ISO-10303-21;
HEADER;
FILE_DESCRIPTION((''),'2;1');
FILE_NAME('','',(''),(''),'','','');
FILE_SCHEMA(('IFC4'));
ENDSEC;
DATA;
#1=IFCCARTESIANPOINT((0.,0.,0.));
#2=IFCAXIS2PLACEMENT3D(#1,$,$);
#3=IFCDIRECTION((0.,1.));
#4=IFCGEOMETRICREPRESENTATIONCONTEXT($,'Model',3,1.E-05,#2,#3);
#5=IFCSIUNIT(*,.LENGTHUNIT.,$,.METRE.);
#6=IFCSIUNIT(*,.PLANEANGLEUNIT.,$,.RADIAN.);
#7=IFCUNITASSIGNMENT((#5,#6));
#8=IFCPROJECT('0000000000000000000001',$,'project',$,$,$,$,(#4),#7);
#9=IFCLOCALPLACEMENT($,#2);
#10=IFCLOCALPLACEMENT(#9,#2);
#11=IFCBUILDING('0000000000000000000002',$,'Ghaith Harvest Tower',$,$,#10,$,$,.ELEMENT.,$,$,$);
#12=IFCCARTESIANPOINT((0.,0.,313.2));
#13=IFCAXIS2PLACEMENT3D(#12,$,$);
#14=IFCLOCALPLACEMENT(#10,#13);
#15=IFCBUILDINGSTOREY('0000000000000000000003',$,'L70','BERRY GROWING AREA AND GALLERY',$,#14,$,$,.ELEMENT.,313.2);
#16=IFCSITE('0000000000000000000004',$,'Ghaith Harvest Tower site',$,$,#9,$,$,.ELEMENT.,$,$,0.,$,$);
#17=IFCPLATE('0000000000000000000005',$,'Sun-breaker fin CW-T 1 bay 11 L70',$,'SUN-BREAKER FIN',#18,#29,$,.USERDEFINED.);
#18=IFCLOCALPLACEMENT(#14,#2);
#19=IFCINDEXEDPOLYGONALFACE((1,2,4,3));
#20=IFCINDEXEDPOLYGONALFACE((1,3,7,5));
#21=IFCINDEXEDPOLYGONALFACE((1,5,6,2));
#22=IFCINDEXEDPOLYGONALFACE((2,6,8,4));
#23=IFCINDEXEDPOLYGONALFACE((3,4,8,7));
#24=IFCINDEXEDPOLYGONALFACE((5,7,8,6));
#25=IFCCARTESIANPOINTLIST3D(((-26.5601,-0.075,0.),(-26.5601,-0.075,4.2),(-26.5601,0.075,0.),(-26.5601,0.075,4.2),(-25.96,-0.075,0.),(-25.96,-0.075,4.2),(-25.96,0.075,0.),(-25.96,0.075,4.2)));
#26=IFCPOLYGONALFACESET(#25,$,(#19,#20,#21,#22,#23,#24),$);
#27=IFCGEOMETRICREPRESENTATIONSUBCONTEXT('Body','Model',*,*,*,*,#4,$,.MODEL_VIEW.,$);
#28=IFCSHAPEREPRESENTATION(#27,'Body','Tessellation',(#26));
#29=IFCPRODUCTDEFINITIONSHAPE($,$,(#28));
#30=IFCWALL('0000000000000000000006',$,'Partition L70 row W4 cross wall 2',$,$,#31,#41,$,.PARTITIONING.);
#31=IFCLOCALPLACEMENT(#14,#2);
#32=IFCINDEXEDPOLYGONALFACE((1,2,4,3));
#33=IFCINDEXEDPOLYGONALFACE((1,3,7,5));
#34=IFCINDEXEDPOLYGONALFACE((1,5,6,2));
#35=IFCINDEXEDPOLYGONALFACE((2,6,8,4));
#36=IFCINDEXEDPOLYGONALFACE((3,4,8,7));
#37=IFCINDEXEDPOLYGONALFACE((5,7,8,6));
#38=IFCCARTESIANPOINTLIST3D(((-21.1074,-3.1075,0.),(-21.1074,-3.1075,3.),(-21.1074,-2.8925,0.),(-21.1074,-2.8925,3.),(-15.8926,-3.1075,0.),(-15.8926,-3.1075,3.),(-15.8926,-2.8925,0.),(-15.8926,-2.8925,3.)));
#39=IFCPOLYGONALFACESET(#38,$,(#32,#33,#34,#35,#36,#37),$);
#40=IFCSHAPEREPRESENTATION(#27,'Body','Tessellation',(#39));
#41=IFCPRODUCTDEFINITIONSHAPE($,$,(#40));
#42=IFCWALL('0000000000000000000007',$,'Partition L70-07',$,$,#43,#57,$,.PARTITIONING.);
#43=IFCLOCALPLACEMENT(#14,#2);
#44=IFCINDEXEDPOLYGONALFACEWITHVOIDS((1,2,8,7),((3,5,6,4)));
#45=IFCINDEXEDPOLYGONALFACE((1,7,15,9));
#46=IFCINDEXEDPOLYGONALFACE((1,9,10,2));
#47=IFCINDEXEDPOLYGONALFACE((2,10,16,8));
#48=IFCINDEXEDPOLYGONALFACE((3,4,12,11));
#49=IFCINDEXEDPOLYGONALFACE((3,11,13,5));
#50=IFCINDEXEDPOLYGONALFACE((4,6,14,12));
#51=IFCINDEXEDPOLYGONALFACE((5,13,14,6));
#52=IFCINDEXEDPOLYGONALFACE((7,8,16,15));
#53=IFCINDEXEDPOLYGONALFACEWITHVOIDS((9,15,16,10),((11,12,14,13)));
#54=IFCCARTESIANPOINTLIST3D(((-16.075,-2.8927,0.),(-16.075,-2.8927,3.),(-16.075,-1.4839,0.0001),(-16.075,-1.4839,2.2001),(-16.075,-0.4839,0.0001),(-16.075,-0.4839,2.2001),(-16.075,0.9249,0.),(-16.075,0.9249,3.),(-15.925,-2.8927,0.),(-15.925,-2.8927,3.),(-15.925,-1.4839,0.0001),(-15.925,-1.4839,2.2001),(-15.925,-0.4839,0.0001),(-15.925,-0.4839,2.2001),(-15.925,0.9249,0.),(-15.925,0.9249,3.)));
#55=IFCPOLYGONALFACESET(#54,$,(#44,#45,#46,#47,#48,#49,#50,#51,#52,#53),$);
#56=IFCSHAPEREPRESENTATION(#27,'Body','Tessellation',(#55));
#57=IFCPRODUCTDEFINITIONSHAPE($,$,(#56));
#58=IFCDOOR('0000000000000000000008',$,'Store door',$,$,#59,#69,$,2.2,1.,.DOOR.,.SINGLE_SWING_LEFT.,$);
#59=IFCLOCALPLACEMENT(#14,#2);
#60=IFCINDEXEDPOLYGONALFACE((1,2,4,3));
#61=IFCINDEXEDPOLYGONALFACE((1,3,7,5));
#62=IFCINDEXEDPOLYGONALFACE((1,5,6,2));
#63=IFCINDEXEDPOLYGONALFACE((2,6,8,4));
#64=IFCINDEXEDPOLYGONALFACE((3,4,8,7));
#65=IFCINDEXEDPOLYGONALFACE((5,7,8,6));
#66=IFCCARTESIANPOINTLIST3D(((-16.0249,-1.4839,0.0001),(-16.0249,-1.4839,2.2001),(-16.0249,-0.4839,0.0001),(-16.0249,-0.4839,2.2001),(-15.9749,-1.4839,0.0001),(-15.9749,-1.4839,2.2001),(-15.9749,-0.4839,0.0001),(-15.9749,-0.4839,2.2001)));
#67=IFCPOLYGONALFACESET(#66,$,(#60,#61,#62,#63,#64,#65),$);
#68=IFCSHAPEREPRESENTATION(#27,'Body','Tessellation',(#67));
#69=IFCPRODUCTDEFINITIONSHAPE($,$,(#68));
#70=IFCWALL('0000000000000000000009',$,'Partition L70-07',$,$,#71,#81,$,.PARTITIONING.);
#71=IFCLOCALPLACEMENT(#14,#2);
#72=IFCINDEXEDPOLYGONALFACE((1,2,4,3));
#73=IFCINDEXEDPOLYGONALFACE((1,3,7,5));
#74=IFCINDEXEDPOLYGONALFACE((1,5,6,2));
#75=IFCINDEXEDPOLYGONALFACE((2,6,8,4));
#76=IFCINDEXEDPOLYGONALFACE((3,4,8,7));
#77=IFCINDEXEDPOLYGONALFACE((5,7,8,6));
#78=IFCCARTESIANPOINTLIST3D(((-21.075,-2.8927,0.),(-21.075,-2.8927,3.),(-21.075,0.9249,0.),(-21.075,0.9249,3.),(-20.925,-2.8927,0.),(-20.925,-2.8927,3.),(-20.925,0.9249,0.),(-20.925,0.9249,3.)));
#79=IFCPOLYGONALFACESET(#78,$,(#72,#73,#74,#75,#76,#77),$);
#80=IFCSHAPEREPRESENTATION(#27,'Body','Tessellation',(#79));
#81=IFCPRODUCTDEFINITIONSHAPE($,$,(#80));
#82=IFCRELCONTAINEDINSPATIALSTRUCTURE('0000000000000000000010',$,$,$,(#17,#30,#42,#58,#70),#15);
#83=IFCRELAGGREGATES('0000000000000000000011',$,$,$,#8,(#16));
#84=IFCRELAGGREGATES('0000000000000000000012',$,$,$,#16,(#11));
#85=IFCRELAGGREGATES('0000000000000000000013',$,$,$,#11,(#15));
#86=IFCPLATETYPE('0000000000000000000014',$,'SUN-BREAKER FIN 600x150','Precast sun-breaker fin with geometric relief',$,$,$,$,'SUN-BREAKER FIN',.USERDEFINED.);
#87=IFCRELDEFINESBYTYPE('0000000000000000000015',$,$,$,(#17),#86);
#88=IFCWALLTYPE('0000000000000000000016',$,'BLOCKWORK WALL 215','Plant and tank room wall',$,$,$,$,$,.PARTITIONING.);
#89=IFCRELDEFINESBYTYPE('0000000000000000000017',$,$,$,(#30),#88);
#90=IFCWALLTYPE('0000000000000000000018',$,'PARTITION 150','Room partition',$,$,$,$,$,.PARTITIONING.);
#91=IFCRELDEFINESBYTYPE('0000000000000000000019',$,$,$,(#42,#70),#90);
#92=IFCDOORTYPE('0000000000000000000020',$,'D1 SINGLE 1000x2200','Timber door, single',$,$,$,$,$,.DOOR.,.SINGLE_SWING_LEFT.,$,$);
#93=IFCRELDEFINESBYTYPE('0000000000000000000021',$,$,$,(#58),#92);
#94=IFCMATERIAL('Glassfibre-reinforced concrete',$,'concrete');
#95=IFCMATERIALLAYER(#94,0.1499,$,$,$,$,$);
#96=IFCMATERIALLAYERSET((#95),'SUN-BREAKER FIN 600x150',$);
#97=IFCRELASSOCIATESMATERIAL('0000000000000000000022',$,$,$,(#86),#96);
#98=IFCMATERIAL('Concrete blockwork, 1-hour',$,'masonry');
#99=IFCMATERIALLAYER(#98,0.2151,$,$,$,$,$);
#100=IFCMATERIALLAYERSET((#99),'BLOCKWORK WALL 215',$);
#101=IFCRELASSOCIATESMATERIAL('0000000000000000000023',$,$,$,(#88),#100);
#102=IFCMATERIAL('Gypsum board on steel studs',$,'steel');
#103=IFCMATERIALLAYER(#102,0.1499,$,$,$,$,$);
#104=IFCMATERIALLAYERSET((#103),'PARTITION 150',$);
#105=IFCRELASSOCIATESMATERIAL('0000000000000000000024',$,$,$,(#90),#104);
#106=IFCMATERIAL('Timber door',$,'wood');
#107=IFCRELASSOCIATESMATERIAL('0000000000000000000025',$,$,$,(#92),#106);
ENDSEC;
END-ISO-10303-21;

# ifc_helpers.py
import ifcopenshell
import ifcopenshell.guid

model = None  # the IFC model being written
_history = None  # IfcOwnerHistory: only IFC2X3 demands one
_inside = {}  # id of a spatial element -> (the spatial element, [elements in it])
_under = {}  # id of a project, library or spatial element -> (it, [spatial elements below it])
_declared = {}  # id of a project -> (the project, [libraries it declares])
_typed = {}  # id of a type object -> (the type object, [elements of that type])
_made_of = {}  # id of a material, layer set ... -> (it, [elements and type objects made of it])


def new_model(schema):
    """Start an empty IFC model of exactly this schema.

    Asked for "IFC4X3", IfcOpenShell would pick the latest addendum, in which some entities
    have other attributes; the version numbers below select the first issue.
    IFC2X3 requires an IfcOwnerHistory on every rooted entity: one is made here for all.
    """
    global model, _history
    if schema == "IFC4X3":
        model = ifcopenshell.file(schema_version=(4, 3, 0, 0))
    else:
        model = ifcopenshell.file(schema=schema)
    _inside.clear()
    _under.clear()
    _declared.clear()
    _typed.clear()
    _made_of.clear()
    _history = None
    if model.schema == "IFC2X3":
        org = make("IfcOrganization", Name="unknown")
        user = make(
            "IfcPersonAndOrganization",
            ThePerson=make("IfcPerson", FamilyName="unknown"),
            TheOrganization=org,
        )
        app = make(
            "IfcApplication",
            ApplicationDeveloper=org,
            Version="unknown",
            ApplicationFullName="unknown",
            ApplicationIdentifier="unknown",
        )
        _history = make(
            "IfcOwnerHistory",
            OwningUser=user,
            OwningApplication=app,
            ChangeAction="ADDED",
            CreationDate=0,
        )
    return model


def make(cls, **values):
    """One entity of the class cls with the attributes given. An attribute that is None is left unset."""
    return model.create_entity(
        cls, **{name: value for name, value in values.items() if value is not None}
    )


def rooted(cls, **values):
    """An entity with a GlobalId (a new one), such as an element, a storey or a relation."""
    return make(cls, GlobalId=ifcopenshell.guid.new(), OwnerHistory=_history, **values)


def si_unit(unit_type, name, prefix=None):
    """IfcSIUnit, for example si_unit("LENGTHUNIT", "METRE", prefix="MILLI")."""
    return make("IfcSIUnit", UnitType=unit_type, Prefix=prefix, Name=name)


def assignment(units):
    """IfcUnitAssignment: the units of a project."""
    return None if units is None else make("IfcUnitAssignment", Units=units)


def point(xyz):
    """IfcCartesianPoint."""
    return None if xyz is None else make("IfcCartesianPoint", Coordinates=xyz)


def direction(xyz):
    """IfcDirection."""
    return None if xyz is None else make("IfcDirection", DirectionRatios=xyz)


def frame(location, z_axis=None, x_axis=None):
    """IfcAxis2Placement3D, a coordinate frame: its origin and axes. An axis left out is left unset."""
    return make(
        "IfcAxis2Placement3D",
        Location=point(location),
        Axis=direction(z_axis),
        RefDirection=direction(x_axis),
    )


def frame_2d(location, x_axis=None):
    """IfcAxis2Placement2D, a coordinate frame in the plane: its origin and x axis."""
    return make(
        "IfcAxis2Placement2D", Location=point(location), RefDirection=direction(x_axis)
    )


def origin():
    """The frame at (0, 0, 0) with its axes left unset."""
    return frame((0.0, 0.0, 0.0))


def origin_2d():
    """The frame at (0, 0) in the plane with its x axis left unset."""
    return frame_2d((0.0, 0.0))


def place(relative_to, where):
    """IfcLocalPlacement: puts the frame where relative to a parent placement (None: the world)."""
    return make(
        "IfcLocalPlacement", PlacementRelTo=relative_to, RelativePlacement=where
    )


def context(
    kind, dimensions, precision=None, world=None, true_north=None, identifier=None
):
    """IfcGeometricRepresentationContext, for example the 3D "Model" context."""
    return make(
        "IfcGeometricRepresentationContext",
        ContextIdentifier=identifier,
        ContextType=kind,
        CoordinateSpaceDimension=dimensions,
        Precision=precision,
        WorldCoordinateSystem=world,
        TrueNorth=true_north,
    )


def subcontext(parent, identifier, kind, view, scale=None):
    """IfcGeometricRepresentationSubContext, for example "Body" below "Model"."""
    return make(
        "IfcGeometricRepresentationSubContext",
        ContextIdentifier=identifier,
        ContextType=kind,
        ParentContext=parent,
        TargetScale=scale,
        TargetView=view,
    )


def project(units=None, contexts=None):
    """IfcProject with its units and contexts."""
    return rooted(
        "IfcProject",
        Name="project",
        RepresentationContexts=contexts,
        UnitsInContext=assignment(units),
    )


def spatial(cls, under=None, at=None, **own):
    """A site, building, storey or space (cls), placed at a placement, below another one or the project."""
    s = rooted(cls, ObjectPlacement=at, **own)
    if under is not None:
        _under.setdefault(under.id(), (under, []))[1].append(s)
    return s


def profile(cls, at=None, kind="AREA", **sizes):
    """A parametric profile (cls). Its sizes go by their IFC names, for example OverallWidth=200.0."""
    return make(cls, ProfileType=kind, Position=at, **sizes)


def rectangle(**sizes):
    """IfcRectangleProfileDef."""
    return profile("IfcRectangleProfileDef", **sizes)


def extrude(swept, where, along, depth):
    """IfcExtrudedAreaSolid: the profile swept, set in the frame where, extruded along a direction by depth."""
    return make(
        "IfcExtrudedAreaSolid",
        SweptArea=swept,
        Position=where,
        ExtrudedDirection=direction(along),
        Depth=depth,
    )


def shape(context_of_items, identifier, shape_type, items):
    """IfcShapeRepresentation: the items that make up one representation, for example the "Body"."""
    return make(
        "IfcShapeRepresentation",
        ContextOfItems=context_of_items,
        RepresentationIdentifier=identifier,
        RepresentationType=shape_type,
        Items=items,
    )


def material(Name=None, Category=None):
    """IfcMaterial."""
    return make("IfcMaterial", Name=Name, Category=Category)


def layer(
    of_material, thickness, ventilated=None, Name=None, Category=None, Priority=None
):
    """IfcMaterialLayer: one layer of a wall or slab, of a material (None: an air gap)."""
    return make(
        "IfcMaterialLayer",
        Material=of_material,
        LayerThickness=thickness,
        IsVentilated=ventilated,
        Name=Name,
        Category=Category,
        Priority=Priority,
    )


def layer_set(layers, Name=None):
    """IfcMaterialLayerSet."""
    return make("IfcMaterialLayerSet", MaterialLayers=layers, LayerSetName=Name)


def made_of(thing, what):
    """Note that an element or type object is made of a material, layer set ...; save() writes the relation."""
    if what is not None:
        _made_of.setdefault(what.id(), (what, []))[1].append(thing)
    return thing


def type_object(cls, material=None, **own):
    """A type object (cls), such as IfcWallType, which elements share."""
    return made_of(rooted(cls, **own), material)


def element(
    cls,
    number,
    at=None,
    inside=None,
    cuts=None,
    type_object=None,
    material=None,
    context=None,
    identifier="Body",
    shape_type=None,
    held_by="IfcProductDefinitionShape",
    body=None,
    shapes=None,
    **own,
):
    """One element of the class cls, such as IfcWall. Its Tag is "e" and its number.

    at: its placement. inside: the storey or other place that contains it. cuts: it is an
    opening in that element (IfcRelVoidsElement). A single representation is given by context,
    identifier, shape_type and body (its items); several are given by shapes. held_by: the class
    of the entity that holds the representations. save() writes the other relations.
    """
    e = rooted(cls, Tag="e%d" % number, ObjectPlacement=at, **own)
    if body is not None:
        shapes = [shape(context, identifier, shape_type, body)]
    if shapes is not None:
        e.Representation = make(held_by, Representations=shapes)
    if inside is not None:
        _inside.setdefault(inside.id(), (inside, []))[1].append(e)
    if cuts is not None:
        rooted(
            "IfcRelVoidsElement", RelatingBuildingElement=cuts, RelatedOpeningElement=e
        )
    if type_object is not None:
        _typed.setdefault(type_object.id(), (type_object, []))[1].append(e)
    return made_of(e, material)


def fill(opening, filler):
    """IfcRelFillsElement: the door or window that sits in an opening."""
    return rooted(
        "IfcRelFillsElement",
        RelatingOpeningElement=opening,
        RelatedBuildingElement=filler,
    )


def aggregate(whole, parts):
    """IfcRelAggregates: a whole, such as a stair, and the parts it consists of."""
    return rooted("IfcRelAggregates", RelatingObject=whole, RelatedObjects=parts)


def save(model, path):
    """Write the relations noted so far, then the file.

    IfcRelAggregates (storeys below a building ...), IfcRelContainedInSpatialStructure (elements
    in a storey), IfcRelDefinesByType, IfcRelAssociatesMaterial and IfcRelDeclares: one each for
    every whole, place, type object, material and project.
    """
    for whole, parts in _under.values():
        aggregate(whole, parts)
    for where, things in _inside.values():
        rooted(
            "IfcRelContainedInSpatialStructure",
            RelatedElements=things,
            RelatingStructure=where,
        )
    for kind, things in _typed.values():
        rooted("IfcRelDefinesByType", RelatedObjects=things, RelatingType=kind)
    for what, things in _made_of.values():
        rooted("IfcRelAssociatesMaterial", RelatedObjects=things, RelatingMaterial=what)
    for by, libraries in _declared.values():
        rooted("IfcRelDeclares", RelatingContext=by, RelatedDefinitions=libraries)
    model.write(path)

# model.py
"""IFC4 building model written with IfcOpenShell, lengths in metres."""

from ifc_helpers import new_model, si_unit, direction, frame, frame_2d, origin, origin_2d, place, context, subcontext, project, spatial, rectangle, extrude, material, layer, layer_set, type_object, element, fill, save


model = new_model("IFC4")

# Units and contexts
model_context = context("Model", 3, precision=1e-05, world=origin(), true_north=direction((0.0, 1.0)))
body_context = subcontext(model_context, "Body", "Model", "MODEL_VIEW")
ifc_project = project(units=[si_unit("LENGTHUNIT", "METRE"), si_unit("PLANEANGLEUNIT", "RADIAN")], contexts=[model_context])

# Site, building, storey
site_placement = place(None, origin())
site = spatial("IfcSite", under=ifc_project, at=site_placement, Name="Ghaith Harvest Tower site", CompositionType="ELEMENT", RefElevation=0.0)
building_placement = place(site_placement, origin())
building = spatial("IfcBuilding", under=site, at=building_placement, Name="Ghaith Harvest Tower", CompositionType="ELEMENT")
storey_placement = place(building_placement, frame((0.0, 0.0, 313.2)))
storey = spatial("IfcBuildingStorey", under=building, at=storey_placement, Name="L70", Description="BERRY GROWING AREA AND GALLERY", CompositionType="ELEMENT", Elevation=313.2)

# Plate
ifc_material_1 = material(Name="Glassfibre-reinforced concrete", Category="concrete")
ifc_layer_1 = layer(ifc_material_1, 0.1499)
ifc_layer_set_1 = layer_set([ifc_layer_1], Name="SUN-BREAKER FIN 600x150")
plate_type_1 = type_object("IfcPlateType", Name="SUN-BREAKER FIN 600x150", Description="Precast sun-breaker fin with geometric relief", ElementType="SUN-BREAKER FIN", PredefinedType="USERDEFINED", material=ifc_layer_set_1)
plate_1_placement = place(storey_placement, frame((-26.26, 0.0, 0.0), z_axis=(0.0, 0.0, 1.0), x_axis=(-1.0, 0.0, 0.0)))
element("IfcPlate", 1, at=plate_1_placement, inside=storey, type_object=plate_type_1, Name="Sun-breaker fin CW-T 1 bay 11 L70", ObjectType="SUN-BREAKER FIN", PredefinedType="USERDEFINED", context=body_context, shape_type="SweptSolid", body=[
    extrude(rectangle(XDim=0.6001, YDim=0.1499, at=origin_2d()), origin(), (0.0, 0.0, 1.0), 4.2),
])

# Wall
ifc_material_2 = material(Name="Concrete blockwork, 1-hour", Category="masonry")
ifc_layer_2 = layer(ifc_material_2, 0.2151)
ifc_layer_set_2 = layer_set([ifc_layer_2], Name="BLOCKWORK WALL 215")
wall_type_1 = type_object("IfcWallType", Name="BLOCKWORK WALL 215", Description="Plant and tank room wall", PredefinedType="PARTITIONING", material=ifc_layer_set_2)
wall_1_placement = place(storey_placement, frame((-15.8926, -3.0, 0.0), z_axis=(0.0, 0.0, 1.0), x_axis=(-1.0, 0.0, 0.0)))
element("IfcWall", 2, at=wall_1_placement, inside=storey, type_object=wall_type_1, Name="Partition L70 row W4 cross wall 2", PredefinedType="PARTITIONING", context=body_context, shape_type="SweptSolid", body=[
    extrude(rectangle(XDim=5.2148, YDim=0.2151, at=frame_2d((2.6074, 0.0))), origin(), (0.0, 0.0, 1.0), 3.0),
])

# Wall, opening, door
ifc_material_3 = material(Name="Gypsum board on steel studs", Category="steel")
ifc_layer_3 = layer(ifc_material_3, 0.1499)
ifc_layer_set_3 = layer_set([ifc_layer_3], Name="PARTITION 150")
wall_type_2 = type_object("IfcWallType", Name="PARTITION 150", Description="Room partition", PredefinedType="PARTITIONING", material=ifc_layer_set_3)
wall_2_placement = place(storey_placement, frame((-16.0, -2.8926, 0.0), z_axis=(0.0, 0.0, 1.0), x_axis=(0.0, 1.0, 0.0)))
wall_2 = element("IfcWall", 3, at=wall_2_placement, inside=storey, type_object=wall_type_2, Name="Partition L70-07", PredefinedType="PARTITIONING", context=body_context, shape_type="SweptSolid", body=[
    extrude(rectangle(XDim=3.8176, YDim=0.1499, at=frame_2d((1.9087, 0.0))), origin(), (0.0, 0.0, 1.0), 3.0),
])
opening_placement = place(wall_2_placement, frame((1.4087, 0.0, 0.0)))
opening = element("IfcOpeningElement", 4, at=opening_placement, cuts=wall_2, PredefinedType="OPENING", context=body_context, shape_type="SweptSolid", body=[
    extrude(rectangle(XDim=1.0, YDim=2.2, at=frame_2d((0.5, 1.1001))), frame((0.0, 0.085, 0.0), z_axis=(0.0, -1.0, 0.0), x_axis=(1.0, 0.0, 0.0)), (0.0, 0.0, 1.0), 0.1699),
])
ifc_material_4 = material(Name="Timber door", Category="wood")
door_type = type_object("IfcDoorType", Name="D1 SINGLE 1000x2200", Description="Timber door, single", OperationType="SINGLE_SWING_LEFT", PredefinedType="DOOR", material=ifc_material_4)
door_placement = place(opening_placement, origin())
door = element("IfcDoor", 5, at=door_placement, inside=storey, type_object=door_type, Name="Store door", OperationType="SINGLE_SWING_LEFT", OverallHeight=2.2, OverallWidth=1.0, PredefinedType="DOOR", context=body_context, shape_type="SweptSolid", body=[
    extrude(rectangle(XDim=1.0, YDim=2.2, at=frame_2d((0.5, 1.1001))), frame((0.0, 0.0249, 0.0), z_axis=(0.0, -1.0, 0.0), x_axis=(1.0, 0.0, 0.0)), (0.0, 0.0, 1.0), 0.05),
])
fill(opening, door)

# Wall
wall_3_placement = place(storey_placement, frame((-21.0, -2.8926, 0.0), z_axis=(0.0, 0.0, 1.0), x_axis=(0.0, 1.0, 0.0)))
element("IfcWall", 6, at=wall_3_placement, inside=storey, type_object=wall_type_2, Name="Partition L70-07", PredefinedType="PARTITIONING", context=body_context, shape_type="SweptSolid", body=[
    extrude(rectangle(XDim=3.8176, YDim=0.1499, at=frame_2d((1.9087, 0.0))), origin(), (0.0, 0.0, 1.0), 3.0),
])

save(model, "model.ifc")
